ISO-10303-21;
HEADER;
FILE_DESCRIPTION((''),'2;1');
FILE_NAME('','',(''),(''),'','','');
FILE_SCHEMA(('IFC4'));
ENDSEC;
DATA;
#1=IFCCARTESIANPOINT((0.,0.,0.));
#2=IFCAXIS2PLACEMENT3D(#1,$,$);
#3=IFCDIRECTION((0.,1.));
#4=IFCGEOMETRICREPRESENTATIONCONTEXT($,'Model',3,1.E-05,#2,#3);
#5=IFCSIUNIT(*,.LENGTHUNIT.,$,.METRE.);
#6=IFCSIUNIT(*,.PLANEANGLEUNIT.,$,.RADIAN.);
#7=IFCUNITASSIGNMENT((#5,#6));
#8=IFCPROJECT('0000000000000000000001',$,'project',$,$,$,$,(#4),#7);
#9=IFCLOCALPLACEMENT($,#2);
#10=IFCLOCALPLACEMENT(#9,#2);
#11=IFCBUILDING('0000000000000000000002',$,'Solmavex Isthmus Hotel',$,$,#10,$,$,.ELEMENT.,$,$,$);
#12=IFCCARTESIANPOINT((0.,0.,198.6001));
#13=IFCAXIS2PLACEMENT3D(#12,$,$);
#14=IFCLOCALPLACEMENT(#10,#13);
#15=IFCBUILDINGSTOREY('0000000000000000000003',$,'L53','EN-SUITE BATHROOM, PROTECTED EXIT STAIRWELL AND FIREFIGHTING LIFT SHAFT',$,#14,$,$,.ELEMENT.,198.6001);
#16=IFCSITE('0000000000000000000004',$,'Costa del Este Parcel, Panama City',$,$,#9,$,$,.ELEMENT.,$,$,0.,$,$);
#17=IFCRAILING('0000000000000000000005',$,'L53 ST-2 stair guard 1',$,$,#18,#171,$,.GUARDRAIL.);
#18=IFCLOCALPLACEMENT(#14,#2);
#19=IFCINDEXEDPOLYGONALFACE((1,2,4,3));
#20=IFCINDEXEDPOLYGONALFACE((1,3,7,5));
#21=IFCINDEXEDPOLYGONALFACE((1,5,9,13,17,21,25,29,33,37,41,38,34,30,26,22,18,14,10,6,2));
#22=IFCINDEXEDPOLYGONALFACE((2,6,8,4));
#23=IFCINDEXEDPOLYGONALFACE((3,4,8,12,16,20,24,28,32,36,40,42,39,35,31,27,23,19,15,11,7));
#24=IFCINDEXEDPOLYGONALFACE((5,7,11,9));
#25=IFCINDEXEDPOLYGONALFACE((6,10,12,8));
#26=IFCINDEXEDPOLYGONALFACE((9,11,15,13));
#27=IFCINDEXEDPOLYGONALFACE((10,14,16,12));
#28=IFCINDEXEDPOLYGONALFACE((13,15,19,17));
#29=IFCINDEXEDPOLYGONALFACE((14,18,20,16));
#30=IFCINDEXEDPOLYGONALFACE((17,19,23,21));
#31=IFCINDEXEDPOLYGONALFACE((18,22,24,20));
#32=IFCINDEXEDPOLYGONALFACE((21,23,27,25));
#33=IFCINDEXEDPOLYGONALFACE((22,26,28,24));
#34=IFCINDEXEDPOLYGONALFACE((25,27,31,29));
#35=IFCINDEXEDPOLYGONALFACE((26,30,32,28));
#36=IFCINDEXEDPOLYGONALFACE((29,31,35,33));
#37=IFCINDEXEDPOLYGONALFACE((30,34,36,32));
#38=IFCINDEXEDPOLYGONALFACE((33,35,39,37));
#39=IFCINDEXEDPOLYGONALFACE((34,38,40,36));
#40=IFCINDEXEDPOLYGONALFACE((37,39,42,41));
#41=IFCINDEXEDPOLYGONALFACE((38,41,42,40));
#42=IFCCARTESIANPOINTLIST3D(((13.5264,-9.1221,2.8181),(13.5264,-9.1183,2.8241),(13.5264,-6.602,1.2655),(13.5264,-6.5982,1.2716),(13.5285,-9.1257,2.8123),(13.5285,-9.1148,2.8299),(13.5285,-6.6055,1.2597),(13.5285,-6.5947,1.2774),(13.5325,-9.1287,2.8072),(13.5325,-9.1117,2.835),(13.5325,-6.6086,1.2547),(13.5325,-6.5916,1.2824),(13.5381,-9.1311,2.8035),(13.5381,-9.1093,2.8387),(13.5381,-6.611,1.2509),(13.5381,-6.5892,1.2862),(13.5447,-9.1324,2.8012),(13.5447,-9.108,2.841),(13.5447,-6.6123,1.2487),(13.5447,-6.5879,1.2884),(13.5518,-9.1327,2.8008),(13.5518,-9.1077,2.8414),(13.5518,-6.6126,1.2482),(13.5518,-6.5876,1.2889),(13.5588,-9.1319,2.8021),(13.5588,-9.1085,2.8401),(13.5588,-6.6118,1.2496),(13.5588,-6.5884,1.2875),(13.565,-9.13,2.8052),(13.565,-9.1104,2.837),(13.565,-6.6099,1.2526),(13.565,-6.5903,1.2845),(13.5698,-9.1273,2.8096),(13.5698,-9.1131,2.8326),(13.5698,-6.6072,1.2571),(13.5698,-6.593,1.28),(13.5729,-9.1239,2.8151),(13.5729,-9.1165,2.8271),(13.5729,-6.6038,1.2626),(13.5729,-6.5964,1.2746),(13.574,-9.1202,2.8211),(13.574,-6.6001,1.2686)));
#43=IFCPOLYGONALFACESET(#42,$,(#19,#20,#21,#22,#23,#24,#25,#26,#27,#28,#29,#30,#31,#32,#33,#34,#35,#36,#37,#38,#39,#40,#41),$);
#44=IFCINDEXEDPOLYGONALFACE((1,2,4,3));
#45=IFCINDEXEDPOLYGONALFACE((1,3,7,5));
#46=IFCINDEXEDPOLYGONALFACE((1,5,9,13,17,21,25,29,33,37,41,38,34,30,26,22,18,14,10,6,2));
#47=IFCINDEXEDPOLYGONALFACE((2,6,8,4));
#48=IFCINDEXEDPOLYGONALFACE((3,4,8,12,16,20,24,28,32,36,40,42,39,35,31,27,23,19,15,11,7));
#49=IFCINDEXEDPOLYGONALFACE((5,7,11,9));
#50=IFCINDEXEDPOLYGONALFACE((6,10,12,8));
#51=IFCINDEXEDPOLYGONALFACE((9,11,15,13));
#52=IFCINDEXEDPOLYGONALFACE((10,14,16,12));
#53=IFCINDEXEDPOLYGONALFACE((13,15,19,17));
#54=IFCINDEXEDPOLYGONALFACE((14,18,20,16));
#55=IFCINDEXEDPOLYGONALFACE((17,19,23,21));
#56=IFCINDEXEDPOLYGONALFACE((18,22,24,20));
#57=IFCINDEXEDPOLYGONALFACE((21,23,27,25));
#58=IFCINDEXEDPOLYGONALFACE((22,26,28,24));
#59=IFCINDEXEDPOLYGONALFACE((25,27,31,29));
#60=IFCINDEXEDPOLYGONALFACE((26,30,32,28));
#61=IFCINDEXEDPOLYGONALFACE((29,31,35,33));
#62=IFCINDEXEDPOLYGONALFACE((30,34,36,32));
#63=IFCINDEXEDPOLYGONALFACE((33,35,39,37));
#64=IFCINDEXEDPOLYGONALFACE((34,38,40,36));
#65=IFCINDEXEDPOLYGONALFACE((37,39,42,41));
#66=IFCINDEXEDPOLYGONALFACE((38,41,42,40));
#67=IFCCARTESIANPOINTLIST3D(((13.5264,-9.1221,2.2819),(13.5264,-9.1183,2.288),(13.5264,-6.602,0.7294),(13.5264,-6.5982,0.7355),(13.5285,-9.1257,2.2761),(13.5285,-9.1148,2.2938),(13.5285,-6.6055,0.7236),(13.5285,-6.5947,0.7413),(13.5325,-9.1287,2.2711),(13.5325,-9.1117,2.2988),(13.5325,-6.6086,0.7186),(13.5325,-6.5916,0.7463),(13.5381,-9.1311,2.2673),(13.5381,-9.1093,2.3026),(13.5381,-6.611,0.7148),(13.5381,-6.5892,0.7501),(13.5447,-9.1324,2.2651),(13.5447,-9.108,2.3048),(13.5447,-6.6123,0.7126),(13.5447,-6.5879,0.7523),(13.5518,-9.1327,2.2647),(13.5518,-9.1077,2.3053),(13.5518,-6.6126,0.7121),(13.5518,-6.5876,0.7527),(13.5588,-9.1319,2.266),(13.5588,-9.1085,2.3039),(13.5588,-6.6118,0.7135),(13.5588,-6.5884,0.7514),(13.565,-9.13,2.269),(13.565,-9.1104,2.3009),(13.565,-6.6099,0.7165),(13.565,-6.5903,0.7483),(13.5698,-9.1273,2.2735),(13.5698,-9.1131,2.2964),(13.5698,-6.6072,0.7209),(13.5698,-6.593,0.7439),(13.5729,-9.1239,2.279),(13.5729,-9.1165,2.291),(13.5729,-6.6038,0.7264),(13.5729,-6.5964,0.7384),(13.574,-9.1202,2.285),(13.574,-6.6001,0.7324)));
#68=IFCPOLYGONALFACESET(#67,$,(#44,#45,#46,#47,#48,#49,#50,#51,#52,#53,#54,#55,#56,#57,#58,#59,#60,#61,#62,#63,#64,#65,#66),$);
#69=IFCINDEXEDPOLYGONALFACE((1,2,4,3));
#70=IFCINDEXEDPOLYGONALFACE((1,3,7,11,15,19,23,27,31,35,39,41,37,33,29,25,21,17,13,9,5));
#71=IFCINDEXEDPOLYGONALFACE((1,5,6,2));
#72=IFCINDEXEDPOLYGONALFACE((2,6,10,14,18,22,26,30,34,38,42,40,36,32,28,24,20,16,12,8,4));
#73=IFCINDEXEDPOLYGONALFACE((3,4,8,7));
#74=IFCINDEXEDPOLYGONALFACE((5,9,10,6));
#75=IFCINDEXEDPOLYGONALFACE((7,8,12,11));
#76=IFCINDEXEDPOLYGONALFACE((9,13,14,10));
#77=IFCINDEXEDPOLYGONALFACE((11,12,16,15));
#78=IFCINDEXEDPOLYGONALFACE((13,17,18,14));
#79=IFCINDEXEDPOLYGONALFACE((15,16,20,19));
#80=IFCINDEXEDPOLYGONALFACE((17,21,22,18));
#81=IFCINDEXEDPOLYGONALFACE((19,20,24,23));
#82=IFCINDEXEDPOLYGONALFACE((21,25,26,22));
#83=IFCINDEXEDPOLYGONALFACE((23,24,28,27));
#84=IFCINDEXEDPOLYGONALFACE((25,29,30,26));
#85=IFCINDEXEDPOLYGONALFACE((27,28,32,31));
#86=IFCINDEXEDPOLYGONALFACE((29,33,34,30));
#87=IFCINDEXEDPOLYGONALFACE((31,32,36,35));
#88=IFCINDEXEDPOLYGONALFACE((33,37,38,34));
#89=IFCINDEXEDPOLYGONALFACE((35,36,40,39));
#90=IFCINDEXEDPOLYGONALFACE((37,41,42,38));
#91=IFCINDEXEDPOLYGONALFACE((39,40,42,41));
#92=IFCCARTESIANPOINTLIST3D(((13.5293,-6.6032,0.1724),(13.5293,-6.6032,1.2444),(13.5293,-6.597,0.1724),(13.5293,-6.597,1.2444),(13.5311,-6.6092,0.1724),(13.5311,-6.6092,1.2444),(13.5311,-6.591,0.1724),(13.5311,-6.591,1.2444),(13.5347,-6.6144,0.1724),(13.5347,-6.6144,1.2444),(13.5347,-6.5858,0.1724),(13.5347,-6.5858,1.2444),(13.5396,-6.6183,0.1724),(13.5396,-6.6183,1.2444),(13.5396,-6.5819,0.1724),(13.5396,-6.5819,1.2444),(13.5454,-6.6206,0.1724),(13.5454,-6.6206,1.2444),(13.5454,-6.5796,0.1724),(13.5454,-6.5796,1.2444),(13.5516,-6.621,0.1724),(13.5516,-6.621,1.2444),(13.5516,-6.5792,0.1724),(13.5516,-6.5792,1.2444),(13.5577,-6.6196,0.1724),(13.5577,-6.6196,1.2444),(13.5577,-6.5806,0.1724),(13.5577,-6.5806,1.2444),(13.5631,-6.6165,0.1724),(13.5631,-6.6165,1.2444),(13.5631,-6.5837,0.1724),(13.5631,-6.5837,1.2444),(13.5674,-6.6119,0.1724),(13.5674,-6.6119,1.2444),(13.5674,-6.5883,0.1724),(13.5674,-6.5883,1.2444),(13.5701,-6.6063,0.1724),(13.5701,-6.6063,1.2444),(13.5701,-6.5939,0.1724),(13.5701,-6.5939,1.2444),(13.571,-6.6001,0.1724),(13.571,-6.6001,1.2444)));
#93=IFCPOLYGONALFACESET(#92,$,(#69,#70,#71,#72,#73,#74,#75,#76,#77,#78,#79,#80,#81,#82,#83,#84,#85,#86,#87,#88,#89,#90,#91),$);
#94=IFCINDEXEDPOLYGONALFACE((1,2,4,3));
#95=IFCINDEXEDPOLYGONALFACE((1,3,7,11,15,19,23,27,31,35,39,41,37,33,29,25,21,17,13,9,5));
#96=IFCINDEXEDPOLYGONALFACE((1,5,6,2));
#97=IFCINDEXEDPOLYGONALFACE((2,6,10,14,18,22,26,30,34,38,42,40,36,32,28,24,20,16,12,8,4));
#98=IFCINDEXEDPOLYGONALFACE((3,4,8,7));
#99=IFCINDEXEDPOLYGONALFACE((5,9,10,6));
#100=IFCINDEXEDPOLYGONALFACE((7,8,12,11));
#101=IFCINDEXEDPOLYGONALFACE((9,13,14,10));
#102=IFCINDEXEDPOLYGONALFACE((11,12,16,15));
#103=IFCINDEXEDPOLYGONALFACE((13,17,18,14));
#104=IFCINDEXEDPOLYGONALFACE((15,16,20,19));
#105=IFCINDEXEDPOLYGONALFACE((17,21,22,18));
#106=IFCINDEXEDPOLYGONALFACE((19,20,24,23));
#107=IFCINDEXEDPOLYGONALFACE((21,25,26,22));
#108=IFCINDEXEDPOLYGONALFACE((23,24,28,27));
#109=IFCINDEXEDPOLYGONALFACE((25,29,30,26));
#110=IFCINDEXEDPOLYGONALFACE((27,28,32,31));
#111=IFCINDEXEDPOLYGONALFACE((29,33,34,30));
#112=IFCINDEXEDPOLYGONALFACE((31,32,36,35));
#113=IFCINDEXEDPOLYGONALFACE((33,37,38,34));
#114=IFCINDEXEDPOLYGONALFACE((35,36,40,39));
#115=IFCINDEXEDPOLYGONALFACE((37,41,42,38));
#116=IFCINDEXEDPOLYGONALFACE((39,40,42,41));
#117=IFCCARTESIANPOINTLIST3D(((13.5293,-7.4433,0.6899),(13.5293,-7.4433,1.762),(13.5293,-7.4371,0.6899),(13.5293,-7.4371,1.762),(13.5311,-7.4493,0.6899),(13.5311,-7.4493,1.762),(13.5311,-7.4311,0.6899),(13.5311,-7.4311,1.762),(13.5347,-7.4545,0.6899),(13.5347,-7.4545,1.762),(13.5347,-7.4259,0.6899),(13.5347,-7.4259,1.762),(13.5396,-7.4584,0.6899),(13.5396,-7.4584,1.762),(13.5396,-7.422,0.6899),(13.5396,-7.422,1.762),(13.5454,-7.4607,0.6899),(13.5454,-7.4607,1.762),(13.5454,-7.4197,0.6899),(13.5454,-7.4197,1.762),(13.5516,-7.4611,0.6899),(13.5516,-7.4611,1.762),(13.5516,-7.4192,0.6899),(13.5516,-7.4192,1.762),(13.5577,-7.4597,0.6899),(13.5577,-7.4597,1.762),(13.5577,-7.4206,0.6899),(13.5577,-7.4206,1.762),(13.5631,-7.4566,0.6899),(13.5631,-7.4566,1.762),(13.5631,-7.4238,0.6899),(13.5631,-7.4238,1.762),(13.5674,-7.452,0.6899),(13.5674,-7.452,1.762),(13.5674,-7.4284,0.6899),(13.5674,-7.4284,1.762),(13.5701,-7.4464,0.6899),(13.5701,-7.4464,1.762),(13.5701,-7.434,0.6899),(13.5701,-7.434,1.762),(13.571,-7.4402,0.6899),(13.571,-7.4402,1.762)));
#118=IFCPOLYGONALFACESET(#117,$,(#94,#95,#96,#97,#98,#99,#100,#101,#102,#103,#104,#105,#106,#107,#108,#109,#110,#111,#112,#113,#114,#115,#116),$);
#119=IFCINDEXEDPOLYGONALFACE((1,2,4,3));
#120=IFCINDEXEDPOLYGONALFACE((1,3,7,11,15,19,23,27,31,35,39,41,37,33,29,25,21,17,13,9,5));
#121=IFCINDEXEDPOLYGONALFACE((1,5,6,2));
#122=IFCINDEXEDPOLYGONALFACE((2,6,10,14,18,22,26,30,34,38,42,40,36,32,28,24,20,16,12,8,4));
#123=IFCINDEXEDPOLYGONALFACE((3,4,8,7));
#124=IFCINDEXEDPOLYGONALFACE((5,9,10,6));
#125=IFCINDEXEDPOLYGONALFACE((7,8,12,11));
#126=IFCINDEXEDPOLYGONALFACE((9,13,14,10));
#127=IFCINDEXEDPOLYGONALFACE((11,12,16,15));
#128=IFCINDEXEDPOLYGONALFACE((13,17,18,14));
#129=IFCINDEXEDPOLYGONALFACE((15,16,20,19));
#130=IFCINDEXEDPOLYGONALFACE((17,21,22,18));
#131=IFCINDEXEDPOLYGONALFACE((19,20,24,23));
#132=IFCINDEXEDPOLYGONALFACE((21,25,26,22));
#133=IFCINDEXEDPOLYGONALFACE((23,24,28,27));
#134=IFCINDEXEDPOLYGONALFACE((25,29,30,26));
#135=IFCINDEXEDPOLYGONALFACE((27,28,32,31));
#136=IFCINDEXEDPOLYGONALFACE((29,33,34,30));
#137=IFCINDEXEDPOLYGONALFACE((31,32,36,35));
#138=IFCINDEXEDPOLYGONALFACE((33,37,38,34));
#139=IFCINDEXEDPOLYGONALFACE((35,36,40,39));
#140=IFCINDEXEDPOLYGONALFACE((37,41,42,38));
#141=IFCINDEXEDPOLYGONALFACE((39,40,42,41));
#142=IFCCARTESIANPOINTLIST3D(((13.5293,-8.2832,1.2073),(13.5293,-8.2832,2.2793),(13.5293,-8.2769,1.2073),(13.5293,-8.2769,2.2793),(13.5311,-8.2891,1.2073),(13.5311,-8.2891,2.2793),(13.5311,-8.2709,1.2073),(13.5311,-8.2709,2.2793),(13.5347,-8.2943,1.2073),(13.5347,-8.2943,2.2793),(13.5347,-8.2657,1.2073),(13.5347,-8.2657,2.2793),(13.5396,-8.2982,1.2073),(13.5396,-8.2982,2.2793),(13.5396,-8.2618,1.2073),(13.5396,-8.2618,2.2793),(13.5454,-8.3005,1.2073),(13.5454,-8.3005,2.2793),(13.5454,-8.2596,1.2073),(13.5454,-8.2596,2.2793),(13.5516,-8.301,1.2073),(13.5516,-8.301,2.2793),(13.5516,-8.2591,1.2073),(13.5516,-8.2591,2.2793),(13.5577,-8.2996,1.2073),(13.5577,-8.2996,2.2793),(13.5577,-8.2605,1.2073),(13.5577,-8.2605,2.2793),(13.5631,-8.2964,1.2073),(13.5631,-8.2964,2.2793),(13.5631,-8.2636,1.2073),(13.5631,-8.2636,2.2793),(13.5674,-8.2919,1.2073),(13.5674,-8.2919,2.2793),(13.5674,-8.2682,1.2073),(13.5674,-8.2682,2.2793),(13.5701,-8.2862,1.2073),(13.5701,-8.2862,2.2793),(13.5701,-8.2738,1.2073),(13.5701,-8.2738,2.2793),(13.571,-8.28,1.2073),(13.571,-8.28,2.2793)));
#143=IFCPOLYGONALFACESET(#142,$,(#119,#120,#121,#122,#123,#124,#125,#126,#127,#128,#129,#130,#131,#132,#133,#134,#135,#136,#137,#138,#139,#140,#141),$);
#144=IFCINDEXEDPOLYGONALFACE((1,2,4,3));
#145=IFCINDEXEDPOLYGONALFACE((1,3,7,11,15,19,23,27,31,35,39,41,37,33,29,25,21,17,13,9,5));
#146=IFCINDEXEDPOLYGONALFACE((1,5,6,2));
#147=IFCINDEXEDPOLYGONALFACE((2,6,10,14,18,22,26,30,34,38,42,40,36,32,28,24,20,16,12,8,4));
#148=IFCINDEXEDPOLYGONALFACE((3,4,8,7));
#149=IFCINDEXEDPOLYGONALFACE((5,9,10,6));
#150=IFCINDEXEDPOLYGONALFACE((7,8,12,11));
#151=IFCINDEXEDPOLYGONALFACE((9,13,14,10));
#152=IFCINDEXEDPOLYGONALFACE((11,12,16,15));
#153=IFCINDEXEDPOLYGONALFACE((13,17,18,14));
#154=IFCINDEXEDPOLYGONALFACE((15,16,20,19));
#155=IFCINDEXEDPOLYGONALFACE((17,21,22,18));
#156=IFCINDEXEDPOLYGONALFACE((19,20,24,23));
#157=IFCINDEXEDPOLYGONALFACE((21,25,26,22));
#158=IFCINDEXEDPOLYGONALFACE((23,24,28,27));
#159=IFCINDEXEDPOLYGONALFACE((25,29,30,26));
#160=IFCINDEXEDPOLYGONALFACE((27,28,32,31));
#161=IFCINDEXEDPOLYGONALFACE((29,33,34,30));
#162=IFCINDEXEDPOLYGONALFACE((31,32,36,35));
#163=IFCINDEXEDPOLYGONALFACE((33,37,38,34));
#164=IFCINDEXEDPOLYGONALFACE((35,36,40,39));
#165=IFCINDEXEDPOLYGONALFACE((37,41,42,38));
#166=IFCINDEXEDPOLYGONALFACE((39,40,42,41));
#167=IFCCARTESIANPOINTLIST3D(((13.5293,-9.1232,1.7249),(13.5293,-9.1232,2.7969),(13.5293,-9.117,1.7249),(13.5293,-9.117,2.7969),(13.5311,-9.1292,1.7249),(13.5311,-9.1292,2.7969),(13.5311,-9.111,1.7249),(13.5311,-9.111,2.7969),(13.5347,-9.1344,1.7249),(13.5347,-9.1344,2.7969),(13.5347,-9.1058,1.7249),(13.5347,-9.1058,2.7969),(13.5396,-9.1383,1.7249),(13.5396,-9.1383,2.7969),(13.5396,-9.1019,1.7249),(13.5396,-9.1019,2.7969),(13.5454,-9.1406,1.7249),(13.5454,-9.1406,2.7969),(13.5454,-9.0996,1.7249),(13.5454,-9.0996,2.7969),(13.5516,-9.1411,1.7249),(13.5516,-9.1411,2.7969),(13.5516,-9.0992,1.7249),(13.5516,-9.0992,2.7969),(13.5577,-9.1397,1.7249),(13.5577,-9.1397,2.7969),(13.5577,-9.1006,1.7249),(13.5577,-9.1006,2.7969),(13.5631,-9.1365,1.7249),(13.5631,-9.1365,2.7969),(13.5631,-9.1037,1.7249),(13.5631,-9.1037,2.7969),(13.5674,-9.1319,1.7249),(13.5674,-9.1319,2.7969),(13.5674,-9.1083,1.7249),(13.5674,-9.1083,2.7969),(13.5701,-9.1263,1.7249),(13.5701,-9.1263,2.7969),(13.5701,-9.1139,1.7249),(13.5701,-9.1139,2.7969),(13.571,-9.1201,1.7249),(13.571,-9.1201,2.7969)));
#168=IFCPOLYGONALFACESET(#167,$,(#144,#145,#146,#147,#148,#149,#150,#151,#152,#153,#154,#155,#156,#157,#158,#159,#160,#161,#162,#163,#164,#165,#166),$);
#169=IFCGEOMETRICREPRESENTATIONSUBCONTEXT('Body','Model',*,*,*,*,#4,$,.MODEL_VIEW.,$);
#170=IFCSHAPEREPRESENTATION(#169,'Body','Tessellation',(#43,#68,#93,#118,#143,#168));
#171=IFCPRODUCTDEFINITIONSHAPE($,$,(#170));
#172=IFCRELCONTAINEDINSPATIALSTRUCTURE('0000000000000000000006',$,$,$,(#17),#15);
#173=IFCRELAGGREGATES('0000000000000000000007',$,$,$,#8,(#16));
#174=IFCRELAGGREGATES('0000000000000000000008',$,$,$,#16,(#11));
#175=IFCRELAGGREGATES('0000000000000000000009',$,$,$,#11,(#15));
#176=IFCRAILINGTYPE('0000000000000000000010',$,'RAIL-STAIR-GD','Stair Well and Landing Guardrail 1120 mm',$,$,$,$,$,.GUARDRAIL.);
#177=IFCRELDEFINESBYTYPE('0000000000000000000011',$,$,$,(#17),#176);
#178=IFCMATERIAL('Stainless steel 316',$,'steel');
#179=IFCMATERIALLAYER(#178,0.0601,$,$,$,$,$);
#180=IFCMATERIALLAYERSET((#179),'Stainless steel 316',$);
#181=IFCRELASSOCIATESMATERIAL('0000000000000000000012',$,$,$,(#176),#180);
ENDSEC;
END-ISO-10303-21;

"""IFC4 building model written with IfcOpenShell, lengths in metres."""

from ifc_helpers import new_model, si_unit, direction, frame, origin, origin_2d, place, context, subcontext, project, spatial, circle, extrude, material, layer, layer_set, type_object, element, save


model = new_model("IFC4")

# Units and contexts
model_context = context("Model", 3, precision=1e-05, world=origin(), true_north=direction((0.0, 1.0)))
body_context = subcontext(model_context, "Body", "Model", "MODEL_VIEW")
ifc_project = project(units=[si_unit("LENGTHUNIT", "METRE"), si_unit("PLANEANGLEUNIT", "RADIAN")], contexts=[model_context])

# Site, building, storey
site_placement = place(None, origin())
site = spatial("IfcSite", under=ifc_project, at=site_placement, Name="Costa del Este Parcel, Panama City", CompositionType="ELEMENT", RefElevation=0.0)
building_placement = place(site_placement, origin())
building = spatial("IfcBuilding", under=site, at=building_placement, Name="Solmavex Isthmus Hotel", CompositionType="ELEMENT")
storey_placement = place(building_placement, frame((0.0, 0.0, 198.6001)))
storey = spatial("IfcBuildingStorey", under=building, at=storey_placement, Name="L53", Description="EN-SUITE BATHROOM, PROTECTED EXIT STAIRWELL AND FIREFIGHTING LIFT SHAFT", CompositionType="ELEMENT", Elevation=198.6001)

# Railing
ifc_material_1 = material(Name="Stainless steel 316", Category="steel")
ifc_layer_1 = layer(ifc_material_1, 0.0601)
ifc_layer_set_1 = layer_set([ifc_layer_1], Name="Stainless steel 316")
railing_type_1 = type_object("IfcRailingType", Name="RAIL-STAIR-GD", Description="Stair Well and Landing Guardrail 1120 mm", PredefinedType="GUARDRAIL", material=ifc_layer_set_1)
railing_1_placement = place(storey_placement, frame((13.55, -6.6001, 0.1724)))
element("IfcRailing", 1, at=railing_1_placement, inside=storey, type_object=railing_type_1, Name="L53 ST-2 stair guard 1", PredefinedType="GUARDRAIL", context=body_context, shape_type="SweptSolid", body=[
    extrude(circle(Radius=0.0239, at=origin_2d()), frame((0.0, 0.0, 1.0962), z_axis=(0.0, -0.8514, 0.524516), x_axis=(1.0, 0.0, 0.0)), (0.0, 0.0, 1.0), 2.96),
    extrude(circle(Radius=0.0239, at=origin_2d()), frame((0.0, 0.0, 0.5601), z_axis=(0.0, -0.8514, 0.524516), x_axis=(1.0, 0.0, 0.0)), (0.0, 0.0, 1.0), 2.96),
    extrude(circle(Radius=0.021, at=origin_2d()), origin(), (0.0, 0.0, 1.0), 1.072),
    extrude(circle(Radius=0.021, at=origin_2d()), frame((0.0, -0.8401, 0.5176)), (0.0, 0.0, 1.0), 1.072),
    extrude(circle(Radius=0.021, at=origin_2d()), frame((0.0, -1.6799, 1.0349)), (0.0, 0.0, 1.0), 1.072),
    extrude(circle(Radius=0.021, at=origin_2d()), frame((0.0, -2.52, 1.5525)), (0.0, 0.0, 1.0), 1.072),
])

save(model, "model.ifc")
